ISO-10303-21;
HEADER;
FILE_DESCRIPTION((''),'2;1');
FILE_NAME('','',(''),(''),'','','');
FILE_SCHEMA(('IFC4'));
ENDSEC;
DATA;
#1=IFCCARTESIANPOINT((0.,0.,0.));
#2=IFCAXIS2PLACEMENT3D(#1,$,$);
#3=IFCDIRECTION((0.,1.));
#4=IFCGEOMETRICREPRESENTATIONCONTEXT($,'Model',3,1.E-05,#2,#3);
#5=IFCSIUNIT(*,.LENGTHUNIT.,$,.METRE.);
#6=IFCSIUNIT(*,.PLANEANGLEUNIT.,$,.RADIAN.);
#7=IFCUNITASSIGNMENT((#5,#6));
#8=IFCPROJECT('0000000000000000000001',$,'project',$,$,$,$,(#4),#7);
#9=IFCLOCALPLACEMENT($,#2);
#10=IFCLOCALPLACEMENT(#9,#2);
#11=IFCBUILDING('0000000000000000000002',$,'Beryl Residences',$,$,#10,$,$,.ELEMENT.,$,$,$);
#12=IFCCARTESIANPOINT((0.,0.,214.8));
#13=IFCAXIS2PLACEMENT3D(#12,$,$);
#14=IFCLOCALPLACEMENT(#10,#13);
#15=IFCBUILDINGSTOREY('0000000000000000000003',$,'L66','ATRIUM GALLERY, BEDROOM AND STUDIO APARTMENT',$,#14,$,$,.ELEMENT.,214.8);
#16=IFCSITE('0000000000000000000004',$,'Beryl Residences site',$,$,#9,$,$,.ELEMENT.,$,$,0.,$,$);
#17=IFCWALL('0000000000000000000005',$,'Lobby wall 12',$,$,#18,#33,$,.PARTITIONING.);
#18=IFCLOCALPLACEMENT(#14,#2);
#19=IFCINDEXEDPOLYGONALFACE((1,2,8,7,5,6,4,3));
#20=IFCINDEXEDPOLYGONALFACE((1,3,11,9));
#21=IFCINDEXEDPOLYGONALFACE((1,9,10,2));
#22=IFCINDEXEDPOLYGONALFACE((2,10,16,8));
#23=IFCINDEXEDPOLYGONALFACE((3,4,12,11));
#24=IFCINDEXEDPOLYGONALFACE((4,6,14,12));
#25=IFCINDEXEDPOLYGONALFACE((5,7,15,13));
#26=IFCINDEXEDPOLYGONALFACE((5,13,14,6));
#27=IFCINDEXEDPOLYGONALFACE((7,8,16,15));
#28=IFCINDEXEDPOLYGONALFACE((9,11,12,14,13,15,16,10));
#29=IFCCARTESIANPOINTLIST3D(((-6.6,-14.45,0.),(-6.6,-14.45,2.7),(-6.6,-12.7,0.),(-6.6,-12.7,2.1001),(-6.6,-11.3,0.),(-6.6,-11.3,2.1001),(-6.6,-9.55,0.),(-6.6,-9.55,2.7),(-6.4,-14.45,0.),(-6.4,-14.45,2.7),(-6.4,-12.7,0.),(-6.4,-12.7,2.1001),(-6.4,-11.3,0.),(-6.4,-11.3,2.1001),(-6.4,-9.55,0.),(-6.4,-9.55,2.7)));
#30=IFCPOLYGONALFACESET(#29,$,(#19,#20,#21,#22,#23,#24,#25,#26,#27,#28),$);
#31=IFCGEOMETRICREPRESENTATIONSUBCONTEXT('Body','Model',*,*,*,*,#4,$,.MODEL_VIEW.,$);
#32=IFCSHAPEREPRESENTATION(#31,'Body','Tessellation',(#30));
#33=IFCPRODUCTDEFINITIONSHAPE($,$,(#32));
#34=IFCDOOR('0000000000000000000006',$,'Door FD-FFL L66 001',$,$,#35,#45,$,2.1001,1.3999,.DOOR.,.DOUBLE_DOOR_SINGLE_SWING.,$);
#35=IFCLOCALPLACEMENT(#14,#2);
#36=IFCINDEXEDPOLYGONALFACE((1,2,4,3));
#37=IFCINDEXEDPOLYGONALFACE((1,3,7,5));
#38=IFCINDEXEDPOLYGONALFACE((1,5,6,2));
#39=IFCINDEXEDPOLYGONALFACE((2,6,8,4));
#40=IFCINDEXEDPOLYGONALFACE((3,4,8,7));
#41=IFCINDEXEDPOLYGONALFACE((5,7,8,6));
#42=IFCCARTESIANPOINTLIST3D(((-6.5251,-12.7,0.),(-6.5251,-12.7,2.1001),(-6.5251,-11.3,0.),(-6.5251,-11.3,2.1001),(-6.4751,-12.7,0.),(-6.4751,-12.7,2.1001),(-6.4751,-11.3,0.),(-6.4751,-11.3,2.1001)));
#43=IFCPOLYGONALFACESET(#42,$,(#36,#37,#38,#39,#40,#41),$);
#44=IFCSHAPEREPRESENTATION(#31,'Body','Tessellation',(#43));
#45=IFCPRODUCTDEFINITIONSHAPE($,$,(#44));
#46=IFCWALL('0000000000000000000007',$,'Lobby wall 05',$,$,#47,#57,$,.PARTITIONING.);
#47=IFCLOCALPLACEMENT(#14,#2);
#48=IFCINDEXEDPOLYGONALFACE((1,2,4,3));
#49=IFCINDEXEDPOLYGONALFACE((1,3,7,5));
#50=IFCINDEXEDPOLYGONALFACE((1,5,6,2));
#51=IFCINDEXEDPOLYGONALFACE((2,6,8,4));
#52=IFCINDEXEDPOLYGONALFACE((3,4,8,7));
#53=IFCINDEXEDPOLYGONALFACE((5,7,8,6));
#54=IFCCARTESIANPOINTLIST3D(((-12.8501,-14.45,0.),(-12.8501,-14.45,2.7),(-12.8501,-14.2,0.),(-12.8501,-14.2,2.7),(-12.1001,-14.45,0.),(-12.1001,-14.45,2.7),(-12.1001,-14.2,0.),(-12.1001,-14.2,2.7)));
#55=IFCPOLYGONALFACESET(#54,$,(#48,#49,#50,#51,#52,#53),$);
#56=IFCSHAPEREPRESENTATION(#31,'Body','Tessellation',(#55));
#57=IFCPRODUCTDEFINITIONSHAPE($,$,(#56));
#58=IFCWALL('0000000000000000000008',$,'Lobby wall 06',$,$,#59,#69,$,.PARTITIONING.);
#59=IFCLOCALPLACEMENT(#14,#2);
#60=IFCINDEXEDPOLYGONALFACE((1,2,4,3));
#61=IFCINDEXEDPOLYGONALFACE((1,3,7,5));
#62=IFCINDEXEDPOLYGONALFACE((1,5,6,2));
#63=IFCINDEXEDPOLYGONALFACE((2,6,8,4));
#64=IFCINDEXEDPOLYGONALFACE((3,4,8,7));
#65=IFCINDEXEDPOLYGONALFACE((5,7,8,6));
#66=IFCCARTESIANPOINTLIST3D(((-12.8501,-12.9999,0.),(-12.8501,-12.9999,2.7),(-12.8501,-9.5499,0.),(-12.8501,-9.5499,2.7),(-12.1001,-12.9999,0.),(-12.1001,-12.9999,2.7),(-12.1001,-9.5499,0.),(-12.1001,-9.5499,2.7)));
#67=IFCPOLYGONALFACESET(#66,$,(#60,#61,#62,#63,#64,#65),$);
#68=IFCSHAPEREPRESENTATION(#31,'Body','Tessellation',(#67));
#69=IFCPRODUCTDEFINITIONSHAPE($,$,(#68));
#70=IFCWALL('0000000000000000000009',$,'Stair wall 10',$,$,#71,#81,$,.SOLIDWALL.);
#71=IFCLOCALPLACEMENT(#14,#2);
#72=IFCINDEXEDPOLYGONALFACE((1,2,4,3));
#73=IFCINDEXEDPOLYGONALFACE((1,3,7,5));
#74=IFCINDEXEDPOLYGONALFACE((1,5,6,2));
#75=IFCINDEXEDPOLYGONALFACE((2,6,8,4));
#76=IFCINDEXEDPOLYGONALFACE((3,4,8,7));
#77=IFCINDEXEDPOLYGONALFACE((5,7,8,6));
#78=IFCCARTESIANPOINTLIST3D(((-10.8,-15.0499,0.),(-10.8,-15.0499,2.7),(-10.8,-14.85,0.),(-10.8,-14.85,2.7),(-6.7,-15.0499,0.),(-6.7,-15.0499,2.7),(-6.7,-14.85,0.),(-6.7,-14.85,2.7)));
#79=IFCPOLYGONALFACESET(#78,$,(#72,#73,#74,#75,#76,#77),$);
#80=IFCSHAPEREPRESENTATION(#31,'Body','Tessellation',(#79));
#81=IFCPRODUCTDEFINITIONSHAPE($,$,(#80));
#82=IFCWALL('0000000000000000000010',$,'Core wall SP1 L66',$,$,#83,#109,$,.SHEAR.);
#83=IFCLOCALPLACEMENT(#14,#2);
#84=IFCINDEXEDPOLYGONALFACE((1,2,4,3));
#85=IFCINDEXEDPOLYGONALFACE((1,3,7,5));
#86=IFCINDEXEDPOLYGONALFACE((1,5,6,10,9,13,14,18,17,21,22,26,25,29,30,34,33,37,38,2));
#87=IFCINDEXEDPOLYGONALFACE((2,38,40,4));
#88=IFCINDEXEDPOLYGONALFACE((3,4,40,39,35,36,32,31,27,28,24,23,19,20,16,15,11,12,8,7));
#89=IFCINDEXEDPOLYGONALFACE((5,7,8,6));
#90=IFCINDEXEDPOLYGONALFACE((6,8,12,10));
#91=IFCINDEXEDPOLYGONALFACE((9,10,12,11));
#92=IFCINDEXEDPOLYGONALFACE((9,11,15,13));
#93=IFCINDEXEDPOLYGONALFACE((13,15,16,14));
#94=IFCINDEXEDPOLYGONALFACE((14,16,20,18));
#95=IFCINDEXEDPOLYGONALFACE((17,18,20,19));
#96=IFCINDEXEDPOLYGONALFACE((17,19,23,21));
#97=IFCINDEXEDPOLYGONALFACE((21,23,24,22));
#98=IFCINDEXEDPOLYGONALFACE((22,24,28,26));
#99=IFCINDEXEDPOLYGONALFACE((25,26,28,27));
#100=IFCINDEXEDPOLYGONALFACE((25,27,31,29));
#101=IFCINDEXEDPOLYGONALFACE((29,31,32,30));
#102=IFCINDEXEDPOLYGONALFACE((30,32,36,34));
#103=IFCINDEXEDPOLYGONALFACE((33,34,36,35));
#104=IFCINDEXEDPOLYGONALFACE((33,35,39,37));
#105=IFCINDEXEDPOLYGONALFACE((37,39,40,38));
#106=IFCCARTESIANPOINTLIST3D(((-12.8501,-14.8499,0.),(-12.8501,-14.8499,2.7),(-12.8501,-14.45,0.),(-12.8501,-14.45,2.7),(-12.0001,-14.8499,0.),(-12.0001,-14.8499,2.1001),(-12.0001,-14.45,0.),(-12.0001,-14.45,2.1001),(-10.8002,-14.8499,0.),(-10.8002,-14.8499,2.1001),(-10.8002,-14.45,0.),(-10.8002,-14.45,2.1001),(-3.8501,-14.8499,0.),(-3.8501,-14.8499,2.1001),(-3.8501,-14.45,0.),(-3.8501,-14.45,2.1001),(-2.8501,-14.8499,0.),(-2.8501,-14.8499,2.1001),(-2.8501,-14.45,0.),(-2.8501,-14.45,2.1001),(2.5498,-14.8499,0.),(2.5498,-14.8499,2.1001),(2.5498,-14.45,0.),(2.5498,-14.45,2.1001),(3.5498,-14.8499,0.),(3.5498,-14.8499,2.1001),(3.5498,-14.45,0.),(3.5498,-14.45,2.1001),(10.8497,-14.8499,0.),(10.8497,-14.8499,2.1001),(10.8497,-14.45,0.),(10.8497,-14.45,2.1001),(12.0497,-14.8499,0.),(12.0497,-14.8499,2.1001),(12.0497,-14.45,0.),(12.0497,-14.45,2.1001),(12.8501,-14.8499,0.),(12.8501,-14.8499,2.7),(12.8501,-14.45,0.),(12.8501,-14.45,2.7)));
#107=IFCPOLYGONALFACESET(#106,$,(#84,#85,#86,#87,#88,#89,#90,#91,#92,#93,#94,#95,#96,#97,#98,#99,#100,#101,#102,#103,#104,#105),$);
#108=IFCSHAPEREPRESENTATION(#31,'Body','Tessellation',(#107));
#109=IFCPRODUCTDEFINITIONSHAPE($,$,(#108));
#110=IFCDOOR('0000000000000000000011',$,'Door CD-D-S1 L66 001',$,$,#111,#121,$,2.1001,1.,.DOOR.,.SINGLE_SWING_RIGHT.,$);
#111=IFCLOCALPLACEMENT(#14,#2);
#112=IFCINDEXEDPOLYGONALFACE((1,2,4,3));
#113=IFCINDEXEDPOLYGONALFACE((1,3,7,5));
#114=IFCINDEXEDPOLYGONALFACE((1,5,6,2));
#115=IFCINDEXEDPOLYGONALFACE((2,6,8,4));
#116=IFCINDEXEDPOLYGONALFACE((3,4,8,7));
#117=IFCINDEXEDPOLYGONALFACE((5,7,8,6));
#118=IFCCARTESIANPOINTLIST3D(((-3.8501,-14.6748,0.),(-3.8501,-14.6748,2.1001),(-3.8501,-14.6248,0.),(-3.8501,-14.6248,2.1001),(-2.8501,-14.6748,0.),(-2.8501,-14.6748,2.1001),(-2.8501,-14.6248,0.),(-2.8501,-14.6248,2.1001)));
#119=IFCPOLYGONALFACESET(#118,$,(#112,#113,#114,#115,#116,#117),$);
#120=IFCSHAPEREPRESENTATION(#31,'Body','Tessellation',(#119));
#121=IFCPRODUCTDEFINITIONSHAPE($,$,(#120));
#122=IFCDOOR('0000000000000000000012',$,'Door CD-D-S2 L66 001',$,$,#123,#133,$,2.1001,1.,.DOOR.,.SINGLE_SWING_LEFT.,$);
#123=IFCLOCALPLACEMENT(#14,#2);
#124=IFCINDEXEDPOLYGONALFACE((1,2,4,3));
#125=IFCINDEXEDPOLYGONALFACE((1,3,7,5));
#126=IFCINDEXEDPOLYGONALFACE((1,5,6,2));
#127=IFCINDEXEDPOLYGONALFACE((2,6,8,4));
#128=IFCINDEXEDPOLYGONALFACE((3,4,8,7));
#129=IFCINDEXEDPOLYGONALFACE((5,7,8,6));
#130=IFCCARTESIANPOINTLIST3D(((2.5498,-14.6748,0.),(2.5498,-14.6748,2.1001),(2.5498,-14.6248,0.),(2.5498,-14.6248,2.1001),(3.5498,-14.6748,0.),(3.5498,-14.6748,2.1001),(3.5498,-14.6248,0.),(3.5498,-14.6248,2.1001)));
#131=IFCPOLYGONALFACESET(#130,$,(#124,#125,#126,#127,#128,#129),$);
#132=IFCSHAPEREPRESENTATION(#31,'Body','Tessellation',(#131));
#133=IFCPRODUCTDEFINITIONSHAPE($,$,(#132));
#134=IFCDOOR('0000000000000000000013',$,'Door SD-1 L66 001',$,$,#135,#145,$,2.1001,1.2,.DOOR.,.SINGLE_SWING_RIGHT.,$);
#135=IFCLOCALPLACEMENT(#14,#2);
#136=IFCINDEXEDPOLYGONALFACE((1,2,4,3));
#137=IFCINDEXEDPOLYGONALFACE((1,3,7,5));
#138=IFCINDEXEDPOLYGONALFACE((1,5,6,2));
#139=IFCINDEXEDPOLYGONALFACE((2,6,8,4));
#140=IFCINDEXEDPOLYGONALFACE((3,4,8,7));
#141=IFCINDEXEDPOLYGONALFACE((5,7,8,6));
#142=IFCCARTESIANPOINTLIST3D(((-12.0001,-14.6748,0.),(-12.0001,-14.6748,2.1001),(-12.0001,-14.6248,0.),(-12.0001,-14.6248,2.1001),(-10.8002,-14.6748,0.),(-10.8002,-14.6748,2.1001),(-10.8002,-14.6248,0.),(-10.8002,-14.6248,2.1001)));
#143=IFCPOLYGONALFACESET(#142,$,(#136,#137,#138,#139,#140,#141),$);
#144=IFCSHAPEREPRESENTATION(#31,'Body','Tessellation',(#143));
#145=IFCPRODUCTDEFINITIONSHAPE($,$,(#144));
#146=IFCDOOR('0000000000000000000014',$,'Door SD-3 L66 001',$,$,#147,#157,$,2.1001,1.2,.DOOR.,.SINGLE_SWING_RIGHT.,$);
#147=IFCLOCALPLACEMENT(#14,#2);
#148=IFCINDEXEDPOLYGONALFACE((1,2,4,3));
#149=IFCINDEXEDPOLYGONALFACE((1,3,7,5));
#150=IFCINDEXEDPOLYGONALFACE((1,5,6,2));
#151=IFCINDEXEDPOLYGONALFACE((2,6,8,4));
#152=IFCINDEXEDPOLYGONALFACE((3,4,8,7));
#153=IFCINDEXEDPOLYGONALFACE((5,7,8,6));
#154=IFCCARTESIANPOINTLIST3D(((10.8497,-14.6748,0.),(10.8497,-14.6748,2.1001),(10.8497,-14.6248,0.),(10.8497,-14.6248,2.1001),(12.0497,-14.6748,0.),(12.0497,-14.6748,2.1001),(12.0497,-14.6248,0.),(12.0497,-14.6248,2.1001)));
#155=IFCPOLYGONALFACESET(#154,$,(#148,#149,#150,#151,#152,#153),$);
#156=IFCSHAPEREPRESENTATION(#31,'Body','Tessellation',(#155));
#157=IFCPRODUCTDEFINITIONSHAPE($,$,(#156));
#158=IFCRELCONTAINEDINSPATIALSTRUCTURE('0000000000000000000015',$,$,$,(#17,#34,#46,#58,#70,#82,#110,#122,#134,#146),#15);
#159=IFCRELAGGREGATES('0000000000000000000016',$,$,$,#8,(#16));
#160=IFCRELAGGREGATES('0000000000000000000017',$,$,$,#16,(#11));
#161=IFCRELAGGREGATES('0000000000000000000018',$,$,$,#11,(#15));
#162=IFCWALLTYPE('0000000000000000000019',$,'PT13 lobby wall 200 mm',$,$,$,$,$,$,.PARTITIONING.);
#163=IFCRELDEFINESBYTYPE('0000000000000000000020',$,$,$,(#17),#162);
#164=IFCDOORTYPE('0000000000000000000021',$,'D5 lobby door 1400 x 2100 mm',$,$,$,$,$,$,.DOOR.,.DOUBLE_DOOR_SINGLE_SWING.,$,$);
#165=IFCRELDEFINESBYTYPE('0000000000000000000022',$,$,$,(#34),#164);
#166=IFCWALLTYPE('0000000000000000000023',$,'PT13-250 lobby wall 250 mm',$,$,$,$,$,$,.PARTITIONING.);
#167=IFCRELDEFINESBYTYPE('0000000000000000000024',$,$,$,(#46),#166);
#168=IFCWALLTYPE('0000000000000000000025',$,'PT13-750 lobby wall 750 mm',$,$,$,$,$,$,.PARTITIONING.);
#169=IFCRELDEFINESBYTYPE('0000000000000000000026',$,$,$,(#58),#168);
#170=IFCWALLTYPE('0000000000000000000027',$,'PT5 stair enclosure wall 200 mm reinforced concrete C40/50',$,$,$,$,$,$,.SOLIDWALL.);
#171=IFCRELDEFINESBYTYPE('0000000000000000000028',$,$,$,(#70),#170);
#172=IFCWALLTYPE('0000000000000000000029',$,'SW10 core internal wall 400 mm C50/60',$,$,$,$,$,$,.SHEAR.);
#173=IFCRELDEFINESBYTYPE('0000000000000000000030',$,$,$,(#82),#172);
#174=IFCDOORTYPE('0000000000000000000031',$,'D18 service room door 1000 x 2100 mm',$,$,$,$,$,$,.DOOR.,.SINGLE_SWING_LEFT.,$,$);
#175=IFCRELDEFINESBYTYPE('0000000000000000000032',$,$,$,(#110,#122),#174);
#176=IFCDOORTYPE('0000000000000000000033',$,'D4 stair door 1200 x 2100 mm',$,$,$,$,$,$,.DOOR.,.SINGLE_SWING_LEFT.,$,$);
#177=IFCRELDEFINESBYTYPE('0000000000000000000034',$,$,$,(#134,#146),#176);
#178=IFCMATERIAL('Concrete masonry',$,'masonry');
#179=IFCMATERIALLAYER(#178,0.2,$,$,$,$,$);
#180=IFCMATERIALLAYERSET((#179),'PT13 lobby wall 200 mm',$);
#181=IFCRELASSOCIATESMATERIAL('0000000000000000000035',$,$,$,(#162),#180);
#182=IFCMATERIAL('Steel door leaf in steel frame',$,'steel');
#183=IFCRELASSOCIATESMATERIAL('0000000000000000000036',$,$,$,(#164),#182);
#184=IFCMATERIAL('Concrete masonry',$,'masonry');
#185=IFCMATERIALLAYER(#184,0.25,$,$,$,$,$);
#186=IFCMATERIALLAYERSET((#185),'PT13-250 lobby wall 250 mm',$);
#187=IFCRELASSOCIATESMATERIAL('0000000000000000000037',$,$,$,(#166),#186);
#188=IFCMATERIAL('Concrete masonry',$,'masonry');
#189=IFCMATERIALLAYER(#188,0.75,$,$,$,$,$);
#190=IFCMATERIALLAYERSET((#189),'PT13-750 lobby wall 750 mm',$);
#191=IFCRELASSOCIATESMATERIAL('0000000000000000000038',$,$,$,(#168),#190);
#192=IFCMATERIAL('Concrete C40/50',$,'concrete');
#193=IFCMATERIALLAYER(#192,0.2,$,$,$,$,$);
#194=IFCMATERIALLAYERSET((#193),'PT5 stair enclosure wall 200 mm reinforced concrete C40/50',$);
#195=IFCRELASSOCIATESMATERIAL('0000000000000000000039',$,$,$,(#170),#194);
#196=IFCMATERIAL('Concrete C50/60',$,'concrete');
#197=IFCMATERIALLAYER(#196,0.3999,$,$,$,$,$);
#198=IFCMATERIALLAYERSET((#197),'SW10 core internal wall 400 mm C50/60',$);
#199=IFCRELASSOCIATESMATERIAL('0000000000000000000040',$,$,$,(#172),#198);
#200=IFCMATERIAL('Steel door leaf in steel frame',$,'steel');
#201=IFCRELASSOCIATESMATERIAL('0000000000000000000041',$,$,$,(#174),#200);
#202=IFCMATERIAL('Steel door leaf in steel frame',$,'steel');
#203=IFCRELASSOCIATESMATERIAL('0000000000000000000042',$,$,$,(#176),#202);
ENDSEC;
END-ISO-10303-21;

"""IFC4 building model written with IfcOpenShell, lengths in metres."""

from ifc_helpers import new_model, si_unit, direction, frame, frame_2d, origin, place, context, subcontext, project, spatial, rectangle, extrude, material, layer, layer_set, type_object, element, fill, save


model = new_model("IFC4")

# Units and contexts
model_context = context("Model", 3, precision=1e-05, world=origin(), true_north=direction((0.0, 1.0)))
body_context = subcontext(model_context, "Body", "Model", "MODEL_VIEW")
ifc_project = project(units=[si_unit("LENGTHUNIT", "METRE"), si_unit("PLANEANGLEUNIT", "RADIAN")], contexts=[model_context])

# Site, building, storey
site_placement = place(None, origin())
site = spatial("IfcSite", under=ifc_project, at=site_placement, Name="Beryl Residences site", CompositionType="ELEMENT", RefElevation=0.0)
building_placement = place(site_placement, origin())
building = spatial("IfcBuilding", under=site, at=building_placement, Name="Beryl Residences", CompositionType="ELEMENT")
storey_placement = place(building_placement, frame((0.0, 0.0, 214.8)))
storey = spatial("IfcBuildingStorey", under=building, at=storey_placement, Name="L66", Description="ATRIUM GALLERY, BEDROOM AND STUDIO APARTMENT", CompositionType="ELEMENT", Elevation=214.8)

# Wall, opening, door
ifc_material_1 = material(Name="Concrete masonry", Category="masonry")
ifc_layer_1 = layer(ifc_material_1, 0.2)
ifc_layer_set_1 = layer_set([ifc_layer_1], Name="PT13 lobby wall 200 mm")
wall_type_1 = type_object("IfcWallType", Name="PT13 lobby wall 200 mm", PredefinedType="PARTITIONING", material=ifc_layer_set_1)
wall_1_placement = place(storey_placement, frame((-6.5, -14.45, 0.0), z_axis=(0.0, 0.0, 1.0), x_axis=(0.0, 1.0, 0.0)))
wall_1 = element("IfcWall", 1, at=wall_1_placement, inside=storey, type_object=wall_type_1, Name="Lobby wall 12", PredefinedType="PARTITIONING", context=body_context, shape_type="SweptSolid", body=[
    extrude(rectangle(XDim=4.8999, YDim=0.2, at=frame_2d((2.45, 0.0))), origin(), (0.0, 0.0, 1.0), 2.7),
])
opening_1_placement = place(wall_1_placement, frame((3.1499, 0.0, 0.0), z_axis=(0.0, 0.0, 1.0), x_axis=(-1.0, 0.0, 0.0)))
opening_1 = element("IfcOpeningElement", 2, at=opening_1_placement, cuts=wall_1, PredefinedType="OPENING", context=body_context, shape_type="SweptSolid", body=[
    extrude(rectangle(XDim=1.3999, YDim=2.1001, at=frame_2d((0.7, 1.05))), frame((0.0, 0.1099, 0.0), z_axis=(0.0, -1.0, 0.0), x_axis=(1.0, 0.0, 0.0)), (0.0, 0.0, 1.0), 0.22),
])
ifc_material_2 = material(Name="Steel door leaf in steel frame", Category="steel")
door_type_1 = type_object("IfcDoorType", Name="D5 lobby door 1400 x 2100 mm", OperationType="DOUBLE_DOOR_SINGLE_SWING", PredefinedType="DOOR", material=ifc_material_2)
door_1_placement = place(opening_1_placement, origin())
door_1 = element("IfcDoor", 3, at=door_1_placement, inside=storey, type_object=door_type_1, Name="Door FD-FFL L66 001", OperationType="DOUBLE_DOOR_SINGLE_SWING", OverallHeight=2.1001, OverallWidth=1.3999, PredefinedType="DOOR", context=body_context, shape_type="SweptSolid", body=[
    extrude(rectangle(XDim=1.3999, YDim=2.1001, at=frame_2d((0.7, 1.05))), frame((0.0, 0.0249, 0.0), z_axis=(0.0, -1.0, 0.0), x_axis=(1.0, 0.0, 0.0)), (0.0, 0.0, 1.0), 0.05),
])
fill(opening_1, door_1)

# Walls
ifc_material_3 = material(Name="Concrete masonry", Category="masonry")
ifc_layer_2 = layer(ifc_material_3, 0.25)
ifc_layer_set_2 = layer_set([ifc_layer_2], Name="PT13-250 lobby wall 250 mm")
wall_type_2 = type_object("IfcWallType", Name="PT13-250 lobby wall 250 mm", PredefinedType="PARTITIONING", material=ifc_layer_set_2)
wall_2_placement = place(storey_placement, frame((-12.8501, -14.325, 0.0), z_axis=(0.0, 0.0, 1.0), x_axis=(1.0, 0.0, 0.0)))
element("IfcWall", 4, at=wall_2_placement, inside=storey, type_object=wall_type_2, Name="Lobby wall 05", PredefinedType="PARTITIONING", context=body_context, shape_type="SweptSolid", body=[
    extrude(rectangle(XDim=0.75, YDim=0.25, at=frame_2d((0.375, 0.0))), origin(), (0.0, 0.0, 1.0), 2.7),
])
ifc_material_4 = material(Name="Concrete masonry", Category="masonry")
ifc_layer_3 = layer(ifc_material_4, 0.75)
ifc_layer_set_3 = layer_set([ifc_layer_3], Name="PT13-750 lobby wall 750 mm")
wall_type_3 = type_object("IfcWallType", Name="PT13-750 lobby wall 750 mm", PredefinedType="PARTITIONING", material=ifc_layer_set_3)
wall_3_placement = place(storey_placement, frame((-12.4751, -13.0, 0.0), z_axis=(0.0, 0.0, 1.0), x_axis=(0.0, 1.0, 0.0)))
element("IfcWall", 5, at=wall_3_placement, inside=storey, type_object=wall_type_3, Name="Lobby wall 06", PredefinedType="PARTITIONING", context=body_context, shape_type="SweptSolid", body=[
    extrude(rectangle(XDim=3.45, YDim=0.75, at=frame_2d((1.7251, 0.0))), origin(), (0.0, 0.0, 1.0), 2.7),
])
ifc_material_5 = material(Name="Concrete C40/50", Category="concrete")
ifc_layer_4 = layer(ifc_material_5, 0.2)
ifc_layer_set_4 = layer_set([ifc_layer_4], Name="PT5 stair enclosure wall 200 mm reinforced concrete C40/50")
wall_type_4 = type_object("IfcWallType", Name="PT5 stair enclosure wall 200 mm reinforced concrete C40/50", PredefinedType="SOLIDWALL", material=ifc_layer_set_4)
wall_4_placement = place(storey_placement, frame((-10.8, -14.95, 0.0), z_axis=(0.0, 0.0, 1.0), x_axis=(1.0, 0.0, 0.0)))
element("IfcWall", 6, at=wall_4_placement, inside=storey, type_object=wall_type_4, Name="Stair wall 10", PredefinedType="SOLIDWALL", context=body_context, shape_type="SweptSolid", body=[
    extrude(rectangle(XDim=4.1001, YDim=0.2, at=frame_2d((2.05, 0.0))), origin(), (0.0, 0.0, 1.0), 2.7),
])

# Wall, openings, doors
ifc_material_6 = material(Name="Concrete C50/60", Category="concrete")
ifc_layer_5 = layer(ifc_material_6, 0.3999)
ifc_layer_set_5 = layer_set([ifc_layer_5], Name="SW10 core internal wall 400 mm C50/60")
wall_type_5 = type_object("IfcWallType", Name="SW10 core internal wall 400 mm C50/60", PredefinedType="SHEAR", material=ifc_layer_set_5)
wall_5_placement = place(storey_placement, frame((-12.8501, -14.6499, 0.0), z_axis=(0.0, 0.0, 1.0), x_axis=(1.0, 0.0, 0.0)))
wall_5 = element("IfcWall", 7, at=wall_5_placement, inside=storey, type_object=wall_type_5, Name="Core wall SP1 L66", PredefinedType="SHEAR", context=body_context, shape_type="SweptSolid", body=[
    extrude(rectangle(XDim=25.7002, YDim=0.3999, at=frame_2d((12.8501, 0.0))), origin(), (0.0, 0.0, 1.0), 2.7),
])
opening_2_placement = place(wall_5_placement, frame((2.05, 0.0, 0.0), z_axis=(0.0, 0.0, 1.0), x_axis=(-1.0, 0.0, 0.0)))
opening_2 = element("IfcOpeningElement", 8, at=opening_2_placement, cuts=wall_5, PredefinedType="OPENING", context=body_context, shape_type="SweptSolid", body=[
    extrude(rectangle(XDim=1.2, YDim=2.1001, at=frame_2d((0.6001, 1.05))), frame((0.0, 0.21, 0.0), z_axis=(0.0, -1.0, 0.0), x_axis=(1.0, 0.0, 0.0)), (0.0, 0.0, 1.0), 0.4199),
])
opening_3_placement = place(wall_5_placement, frame((24.8999, 0.0, 0.0), z_axis=(0.0, 0.0, 1.0), x_axis=(-1.0, 0.0, 0.0)))
opening_3 = element("IfcOpeningElement", 9, at=opening_3_placement, cuts=wall_5, PredefinedType="OPENING", context=body_context, shape_type="SweptSolid", body=[
    extrude(rectangle(XDim=1.2, YDim=2.1001, at=frame_2d((0.6001, 1.05))), frame((0.0, 0.21, 0.0), z_axis=(0.0, -1.0, 0.0), x_axis=(1.0, 0.0, 0.0)), (0.0, 0.0, 1.0), 0.4199),
])
opening_4_placement = place(wall_5_placement, frame((10.0, 0.0, 0.0), z_axis=(0.0, 0.0, 1.0), x_axis=(-1.0, 0.0, 0.0)))
opening_4 = element("IfcOpeningElement", 10, at=opening_4_placement, cuts=wall_5, PredefinedType="OPENING", context=body_context, shape_type="SweptSolid", body=[
    extrude(rectangle(XDim=1.0, YDim=2.1001, at=frame_2d((0.5, 1.05))), frame((0.0, 0.21, 0.0), z_axis=(0.0, -1.0, 0.0), x_axis=(1.0, 0.0, 0.0)), (0.0, 0.0, 1.0), 0.4199),
])
opening_5_placement = place(wall_5_placement, frame((16.3999, 0.0, 0.0), z_axis=(0.0, 0.0, 1.0), x_axis=(-1.0, 0.0, 0.0)))
opening_5 = element("IfcOpeningElement", 11, at=opening_5_placement, cuts=wall_5, PredefinedType="OPENING", context=body_context, shape_type="SweptSolid", body=[
    extrude(rectangle(XDim=1.0, YDim=2.1001, at=frame_2d((0.5, 1.05))), frame((0.0, 0.21, 0.0), z_axis=(0.0, -1.0, 0.0), x_axis=(1.0, 0.0, 0.0)), (0.0, 0.0, 1.0), 0.4199),
])
ifc_material_7 = material(Name="Steel door leaf in steel frame", Category="steel")
door_type_2 = type_object("IfcDoorType", Name="D18 service room door 1000 x 2100 mm", OperationType="SINGLE_SWING_LEFT", PredefinedType="DOOR", material=ifc_material_7)
door_2_placement = place(opening_4_placement, origin())
door_2 = element("IfcDoor", 12, at=door_2_placement, inside=storey, type_object=door_type_2, Name="Door CD-D-S1 L66 001", OperationType="SINGLE_SWING_RIGHT", OverallHeight=2.1001, OverallWidth=1.0, PredefinedType="DOOR", context=body_context, shape_type="SweptSolid", body=[
    extrude(rectangle(XDim=1.0, YDim=2.1001, at=frame_2d((0.5, 1.05))), frame((0.0, 0.0249, 0.0), z_axis=(0.0, -1.0, 0.0), x_axis=(1.0, 0.0, 0.0)), (0.0, 0.0, 1.0), 0.05),
])
fill(opening_4, door_2)
door_3_placement = place(opening_5_placement, origin())
door_3 = element("IfcDoor", 13, at=door_3_placement, inside=storey, type_object=door_type_2, Name="Door CD-D-S2 L66 001", OperationType="SINGLE_SWING_LEFT", OverallHeight=2.1001, OverallWidth=1.0, PredefinedType="DOOR", context=body_context, shape_type="SweptSolid", body=[
    extrude(rectangle(XDim=1.0, YDim=2.1001, at=frame_2d((0.5, 1.05))), frame((0.0, 0.0249, 0.0), z_axis=(0.0, -1.0, 0.0), x_axis=(1.0, 0.0, 0.0)), (0.0, 0.0, 1.0), 0.05),
])
fill(opening_5, door_3)
ifc_material_8 = material(Name="Steel door leaf in steel frame", Category="steel")
door_type_3 = type_object("IfcDoorType", Name="D4 stair door 1200 x 2100 mm", OperationType="SINGLE_SWING_LEFT", PredefinedType="DOOR", material=ifc_material_8)
door_4_placement = place(opening_2_placement, origin())
door_4 = element("IfcDoor", 14, at=door_4_placement, inside=storey, type_object=door_type_3, Name="Door SD-1 L66 001", OperationType="SINGLE_SWING_RIGHT", OverallHeight=2.1001, OverallWidth=1.2, PredefinedType="DOOR", context=body_context, shape_type="SweptSolid", body=[
    extrude(rectangle(XDim=1.2, YDim=2.1001, at=frame_2d((0.6001, 1.05))), frame((0.0, 0.0249, 0.0), z_axis=(0.0, -1.0, 0.0), x_axis=(1.0, 0.0, 0.0)), (0.0, 0.0, 1.0), 0.05),
])
fill(opening_2, door_4)
door_5_placement = place(opening_3_placement, origin())
door_5 = element("IfcDoor", 15, at=door_5_placement, inside=storey, type_object=door_type_3, Name="Door SD-3 L66 001", OperationType="SINGLE_SWING_RIGHT", OverallHeight=2.1001, OverallWidth=1.2, PredefinedType="DOOR", context=body_context, shape_type="SweptSolid", body=[
    extrude(rectangle(XDim=1.2, YDim=2.1001, at=frame_2d((0.6001, 1.05))), frame((0.0, 0.0249, 0.0), z_axis=(0.0, -1.0, 0.0), x_axis=(1.0, 0.0, 0.0)), (0.0, 0.0, 1.0), 0.05),
])
fill(opening_3, door_5)

save(model, "model.ifc")
